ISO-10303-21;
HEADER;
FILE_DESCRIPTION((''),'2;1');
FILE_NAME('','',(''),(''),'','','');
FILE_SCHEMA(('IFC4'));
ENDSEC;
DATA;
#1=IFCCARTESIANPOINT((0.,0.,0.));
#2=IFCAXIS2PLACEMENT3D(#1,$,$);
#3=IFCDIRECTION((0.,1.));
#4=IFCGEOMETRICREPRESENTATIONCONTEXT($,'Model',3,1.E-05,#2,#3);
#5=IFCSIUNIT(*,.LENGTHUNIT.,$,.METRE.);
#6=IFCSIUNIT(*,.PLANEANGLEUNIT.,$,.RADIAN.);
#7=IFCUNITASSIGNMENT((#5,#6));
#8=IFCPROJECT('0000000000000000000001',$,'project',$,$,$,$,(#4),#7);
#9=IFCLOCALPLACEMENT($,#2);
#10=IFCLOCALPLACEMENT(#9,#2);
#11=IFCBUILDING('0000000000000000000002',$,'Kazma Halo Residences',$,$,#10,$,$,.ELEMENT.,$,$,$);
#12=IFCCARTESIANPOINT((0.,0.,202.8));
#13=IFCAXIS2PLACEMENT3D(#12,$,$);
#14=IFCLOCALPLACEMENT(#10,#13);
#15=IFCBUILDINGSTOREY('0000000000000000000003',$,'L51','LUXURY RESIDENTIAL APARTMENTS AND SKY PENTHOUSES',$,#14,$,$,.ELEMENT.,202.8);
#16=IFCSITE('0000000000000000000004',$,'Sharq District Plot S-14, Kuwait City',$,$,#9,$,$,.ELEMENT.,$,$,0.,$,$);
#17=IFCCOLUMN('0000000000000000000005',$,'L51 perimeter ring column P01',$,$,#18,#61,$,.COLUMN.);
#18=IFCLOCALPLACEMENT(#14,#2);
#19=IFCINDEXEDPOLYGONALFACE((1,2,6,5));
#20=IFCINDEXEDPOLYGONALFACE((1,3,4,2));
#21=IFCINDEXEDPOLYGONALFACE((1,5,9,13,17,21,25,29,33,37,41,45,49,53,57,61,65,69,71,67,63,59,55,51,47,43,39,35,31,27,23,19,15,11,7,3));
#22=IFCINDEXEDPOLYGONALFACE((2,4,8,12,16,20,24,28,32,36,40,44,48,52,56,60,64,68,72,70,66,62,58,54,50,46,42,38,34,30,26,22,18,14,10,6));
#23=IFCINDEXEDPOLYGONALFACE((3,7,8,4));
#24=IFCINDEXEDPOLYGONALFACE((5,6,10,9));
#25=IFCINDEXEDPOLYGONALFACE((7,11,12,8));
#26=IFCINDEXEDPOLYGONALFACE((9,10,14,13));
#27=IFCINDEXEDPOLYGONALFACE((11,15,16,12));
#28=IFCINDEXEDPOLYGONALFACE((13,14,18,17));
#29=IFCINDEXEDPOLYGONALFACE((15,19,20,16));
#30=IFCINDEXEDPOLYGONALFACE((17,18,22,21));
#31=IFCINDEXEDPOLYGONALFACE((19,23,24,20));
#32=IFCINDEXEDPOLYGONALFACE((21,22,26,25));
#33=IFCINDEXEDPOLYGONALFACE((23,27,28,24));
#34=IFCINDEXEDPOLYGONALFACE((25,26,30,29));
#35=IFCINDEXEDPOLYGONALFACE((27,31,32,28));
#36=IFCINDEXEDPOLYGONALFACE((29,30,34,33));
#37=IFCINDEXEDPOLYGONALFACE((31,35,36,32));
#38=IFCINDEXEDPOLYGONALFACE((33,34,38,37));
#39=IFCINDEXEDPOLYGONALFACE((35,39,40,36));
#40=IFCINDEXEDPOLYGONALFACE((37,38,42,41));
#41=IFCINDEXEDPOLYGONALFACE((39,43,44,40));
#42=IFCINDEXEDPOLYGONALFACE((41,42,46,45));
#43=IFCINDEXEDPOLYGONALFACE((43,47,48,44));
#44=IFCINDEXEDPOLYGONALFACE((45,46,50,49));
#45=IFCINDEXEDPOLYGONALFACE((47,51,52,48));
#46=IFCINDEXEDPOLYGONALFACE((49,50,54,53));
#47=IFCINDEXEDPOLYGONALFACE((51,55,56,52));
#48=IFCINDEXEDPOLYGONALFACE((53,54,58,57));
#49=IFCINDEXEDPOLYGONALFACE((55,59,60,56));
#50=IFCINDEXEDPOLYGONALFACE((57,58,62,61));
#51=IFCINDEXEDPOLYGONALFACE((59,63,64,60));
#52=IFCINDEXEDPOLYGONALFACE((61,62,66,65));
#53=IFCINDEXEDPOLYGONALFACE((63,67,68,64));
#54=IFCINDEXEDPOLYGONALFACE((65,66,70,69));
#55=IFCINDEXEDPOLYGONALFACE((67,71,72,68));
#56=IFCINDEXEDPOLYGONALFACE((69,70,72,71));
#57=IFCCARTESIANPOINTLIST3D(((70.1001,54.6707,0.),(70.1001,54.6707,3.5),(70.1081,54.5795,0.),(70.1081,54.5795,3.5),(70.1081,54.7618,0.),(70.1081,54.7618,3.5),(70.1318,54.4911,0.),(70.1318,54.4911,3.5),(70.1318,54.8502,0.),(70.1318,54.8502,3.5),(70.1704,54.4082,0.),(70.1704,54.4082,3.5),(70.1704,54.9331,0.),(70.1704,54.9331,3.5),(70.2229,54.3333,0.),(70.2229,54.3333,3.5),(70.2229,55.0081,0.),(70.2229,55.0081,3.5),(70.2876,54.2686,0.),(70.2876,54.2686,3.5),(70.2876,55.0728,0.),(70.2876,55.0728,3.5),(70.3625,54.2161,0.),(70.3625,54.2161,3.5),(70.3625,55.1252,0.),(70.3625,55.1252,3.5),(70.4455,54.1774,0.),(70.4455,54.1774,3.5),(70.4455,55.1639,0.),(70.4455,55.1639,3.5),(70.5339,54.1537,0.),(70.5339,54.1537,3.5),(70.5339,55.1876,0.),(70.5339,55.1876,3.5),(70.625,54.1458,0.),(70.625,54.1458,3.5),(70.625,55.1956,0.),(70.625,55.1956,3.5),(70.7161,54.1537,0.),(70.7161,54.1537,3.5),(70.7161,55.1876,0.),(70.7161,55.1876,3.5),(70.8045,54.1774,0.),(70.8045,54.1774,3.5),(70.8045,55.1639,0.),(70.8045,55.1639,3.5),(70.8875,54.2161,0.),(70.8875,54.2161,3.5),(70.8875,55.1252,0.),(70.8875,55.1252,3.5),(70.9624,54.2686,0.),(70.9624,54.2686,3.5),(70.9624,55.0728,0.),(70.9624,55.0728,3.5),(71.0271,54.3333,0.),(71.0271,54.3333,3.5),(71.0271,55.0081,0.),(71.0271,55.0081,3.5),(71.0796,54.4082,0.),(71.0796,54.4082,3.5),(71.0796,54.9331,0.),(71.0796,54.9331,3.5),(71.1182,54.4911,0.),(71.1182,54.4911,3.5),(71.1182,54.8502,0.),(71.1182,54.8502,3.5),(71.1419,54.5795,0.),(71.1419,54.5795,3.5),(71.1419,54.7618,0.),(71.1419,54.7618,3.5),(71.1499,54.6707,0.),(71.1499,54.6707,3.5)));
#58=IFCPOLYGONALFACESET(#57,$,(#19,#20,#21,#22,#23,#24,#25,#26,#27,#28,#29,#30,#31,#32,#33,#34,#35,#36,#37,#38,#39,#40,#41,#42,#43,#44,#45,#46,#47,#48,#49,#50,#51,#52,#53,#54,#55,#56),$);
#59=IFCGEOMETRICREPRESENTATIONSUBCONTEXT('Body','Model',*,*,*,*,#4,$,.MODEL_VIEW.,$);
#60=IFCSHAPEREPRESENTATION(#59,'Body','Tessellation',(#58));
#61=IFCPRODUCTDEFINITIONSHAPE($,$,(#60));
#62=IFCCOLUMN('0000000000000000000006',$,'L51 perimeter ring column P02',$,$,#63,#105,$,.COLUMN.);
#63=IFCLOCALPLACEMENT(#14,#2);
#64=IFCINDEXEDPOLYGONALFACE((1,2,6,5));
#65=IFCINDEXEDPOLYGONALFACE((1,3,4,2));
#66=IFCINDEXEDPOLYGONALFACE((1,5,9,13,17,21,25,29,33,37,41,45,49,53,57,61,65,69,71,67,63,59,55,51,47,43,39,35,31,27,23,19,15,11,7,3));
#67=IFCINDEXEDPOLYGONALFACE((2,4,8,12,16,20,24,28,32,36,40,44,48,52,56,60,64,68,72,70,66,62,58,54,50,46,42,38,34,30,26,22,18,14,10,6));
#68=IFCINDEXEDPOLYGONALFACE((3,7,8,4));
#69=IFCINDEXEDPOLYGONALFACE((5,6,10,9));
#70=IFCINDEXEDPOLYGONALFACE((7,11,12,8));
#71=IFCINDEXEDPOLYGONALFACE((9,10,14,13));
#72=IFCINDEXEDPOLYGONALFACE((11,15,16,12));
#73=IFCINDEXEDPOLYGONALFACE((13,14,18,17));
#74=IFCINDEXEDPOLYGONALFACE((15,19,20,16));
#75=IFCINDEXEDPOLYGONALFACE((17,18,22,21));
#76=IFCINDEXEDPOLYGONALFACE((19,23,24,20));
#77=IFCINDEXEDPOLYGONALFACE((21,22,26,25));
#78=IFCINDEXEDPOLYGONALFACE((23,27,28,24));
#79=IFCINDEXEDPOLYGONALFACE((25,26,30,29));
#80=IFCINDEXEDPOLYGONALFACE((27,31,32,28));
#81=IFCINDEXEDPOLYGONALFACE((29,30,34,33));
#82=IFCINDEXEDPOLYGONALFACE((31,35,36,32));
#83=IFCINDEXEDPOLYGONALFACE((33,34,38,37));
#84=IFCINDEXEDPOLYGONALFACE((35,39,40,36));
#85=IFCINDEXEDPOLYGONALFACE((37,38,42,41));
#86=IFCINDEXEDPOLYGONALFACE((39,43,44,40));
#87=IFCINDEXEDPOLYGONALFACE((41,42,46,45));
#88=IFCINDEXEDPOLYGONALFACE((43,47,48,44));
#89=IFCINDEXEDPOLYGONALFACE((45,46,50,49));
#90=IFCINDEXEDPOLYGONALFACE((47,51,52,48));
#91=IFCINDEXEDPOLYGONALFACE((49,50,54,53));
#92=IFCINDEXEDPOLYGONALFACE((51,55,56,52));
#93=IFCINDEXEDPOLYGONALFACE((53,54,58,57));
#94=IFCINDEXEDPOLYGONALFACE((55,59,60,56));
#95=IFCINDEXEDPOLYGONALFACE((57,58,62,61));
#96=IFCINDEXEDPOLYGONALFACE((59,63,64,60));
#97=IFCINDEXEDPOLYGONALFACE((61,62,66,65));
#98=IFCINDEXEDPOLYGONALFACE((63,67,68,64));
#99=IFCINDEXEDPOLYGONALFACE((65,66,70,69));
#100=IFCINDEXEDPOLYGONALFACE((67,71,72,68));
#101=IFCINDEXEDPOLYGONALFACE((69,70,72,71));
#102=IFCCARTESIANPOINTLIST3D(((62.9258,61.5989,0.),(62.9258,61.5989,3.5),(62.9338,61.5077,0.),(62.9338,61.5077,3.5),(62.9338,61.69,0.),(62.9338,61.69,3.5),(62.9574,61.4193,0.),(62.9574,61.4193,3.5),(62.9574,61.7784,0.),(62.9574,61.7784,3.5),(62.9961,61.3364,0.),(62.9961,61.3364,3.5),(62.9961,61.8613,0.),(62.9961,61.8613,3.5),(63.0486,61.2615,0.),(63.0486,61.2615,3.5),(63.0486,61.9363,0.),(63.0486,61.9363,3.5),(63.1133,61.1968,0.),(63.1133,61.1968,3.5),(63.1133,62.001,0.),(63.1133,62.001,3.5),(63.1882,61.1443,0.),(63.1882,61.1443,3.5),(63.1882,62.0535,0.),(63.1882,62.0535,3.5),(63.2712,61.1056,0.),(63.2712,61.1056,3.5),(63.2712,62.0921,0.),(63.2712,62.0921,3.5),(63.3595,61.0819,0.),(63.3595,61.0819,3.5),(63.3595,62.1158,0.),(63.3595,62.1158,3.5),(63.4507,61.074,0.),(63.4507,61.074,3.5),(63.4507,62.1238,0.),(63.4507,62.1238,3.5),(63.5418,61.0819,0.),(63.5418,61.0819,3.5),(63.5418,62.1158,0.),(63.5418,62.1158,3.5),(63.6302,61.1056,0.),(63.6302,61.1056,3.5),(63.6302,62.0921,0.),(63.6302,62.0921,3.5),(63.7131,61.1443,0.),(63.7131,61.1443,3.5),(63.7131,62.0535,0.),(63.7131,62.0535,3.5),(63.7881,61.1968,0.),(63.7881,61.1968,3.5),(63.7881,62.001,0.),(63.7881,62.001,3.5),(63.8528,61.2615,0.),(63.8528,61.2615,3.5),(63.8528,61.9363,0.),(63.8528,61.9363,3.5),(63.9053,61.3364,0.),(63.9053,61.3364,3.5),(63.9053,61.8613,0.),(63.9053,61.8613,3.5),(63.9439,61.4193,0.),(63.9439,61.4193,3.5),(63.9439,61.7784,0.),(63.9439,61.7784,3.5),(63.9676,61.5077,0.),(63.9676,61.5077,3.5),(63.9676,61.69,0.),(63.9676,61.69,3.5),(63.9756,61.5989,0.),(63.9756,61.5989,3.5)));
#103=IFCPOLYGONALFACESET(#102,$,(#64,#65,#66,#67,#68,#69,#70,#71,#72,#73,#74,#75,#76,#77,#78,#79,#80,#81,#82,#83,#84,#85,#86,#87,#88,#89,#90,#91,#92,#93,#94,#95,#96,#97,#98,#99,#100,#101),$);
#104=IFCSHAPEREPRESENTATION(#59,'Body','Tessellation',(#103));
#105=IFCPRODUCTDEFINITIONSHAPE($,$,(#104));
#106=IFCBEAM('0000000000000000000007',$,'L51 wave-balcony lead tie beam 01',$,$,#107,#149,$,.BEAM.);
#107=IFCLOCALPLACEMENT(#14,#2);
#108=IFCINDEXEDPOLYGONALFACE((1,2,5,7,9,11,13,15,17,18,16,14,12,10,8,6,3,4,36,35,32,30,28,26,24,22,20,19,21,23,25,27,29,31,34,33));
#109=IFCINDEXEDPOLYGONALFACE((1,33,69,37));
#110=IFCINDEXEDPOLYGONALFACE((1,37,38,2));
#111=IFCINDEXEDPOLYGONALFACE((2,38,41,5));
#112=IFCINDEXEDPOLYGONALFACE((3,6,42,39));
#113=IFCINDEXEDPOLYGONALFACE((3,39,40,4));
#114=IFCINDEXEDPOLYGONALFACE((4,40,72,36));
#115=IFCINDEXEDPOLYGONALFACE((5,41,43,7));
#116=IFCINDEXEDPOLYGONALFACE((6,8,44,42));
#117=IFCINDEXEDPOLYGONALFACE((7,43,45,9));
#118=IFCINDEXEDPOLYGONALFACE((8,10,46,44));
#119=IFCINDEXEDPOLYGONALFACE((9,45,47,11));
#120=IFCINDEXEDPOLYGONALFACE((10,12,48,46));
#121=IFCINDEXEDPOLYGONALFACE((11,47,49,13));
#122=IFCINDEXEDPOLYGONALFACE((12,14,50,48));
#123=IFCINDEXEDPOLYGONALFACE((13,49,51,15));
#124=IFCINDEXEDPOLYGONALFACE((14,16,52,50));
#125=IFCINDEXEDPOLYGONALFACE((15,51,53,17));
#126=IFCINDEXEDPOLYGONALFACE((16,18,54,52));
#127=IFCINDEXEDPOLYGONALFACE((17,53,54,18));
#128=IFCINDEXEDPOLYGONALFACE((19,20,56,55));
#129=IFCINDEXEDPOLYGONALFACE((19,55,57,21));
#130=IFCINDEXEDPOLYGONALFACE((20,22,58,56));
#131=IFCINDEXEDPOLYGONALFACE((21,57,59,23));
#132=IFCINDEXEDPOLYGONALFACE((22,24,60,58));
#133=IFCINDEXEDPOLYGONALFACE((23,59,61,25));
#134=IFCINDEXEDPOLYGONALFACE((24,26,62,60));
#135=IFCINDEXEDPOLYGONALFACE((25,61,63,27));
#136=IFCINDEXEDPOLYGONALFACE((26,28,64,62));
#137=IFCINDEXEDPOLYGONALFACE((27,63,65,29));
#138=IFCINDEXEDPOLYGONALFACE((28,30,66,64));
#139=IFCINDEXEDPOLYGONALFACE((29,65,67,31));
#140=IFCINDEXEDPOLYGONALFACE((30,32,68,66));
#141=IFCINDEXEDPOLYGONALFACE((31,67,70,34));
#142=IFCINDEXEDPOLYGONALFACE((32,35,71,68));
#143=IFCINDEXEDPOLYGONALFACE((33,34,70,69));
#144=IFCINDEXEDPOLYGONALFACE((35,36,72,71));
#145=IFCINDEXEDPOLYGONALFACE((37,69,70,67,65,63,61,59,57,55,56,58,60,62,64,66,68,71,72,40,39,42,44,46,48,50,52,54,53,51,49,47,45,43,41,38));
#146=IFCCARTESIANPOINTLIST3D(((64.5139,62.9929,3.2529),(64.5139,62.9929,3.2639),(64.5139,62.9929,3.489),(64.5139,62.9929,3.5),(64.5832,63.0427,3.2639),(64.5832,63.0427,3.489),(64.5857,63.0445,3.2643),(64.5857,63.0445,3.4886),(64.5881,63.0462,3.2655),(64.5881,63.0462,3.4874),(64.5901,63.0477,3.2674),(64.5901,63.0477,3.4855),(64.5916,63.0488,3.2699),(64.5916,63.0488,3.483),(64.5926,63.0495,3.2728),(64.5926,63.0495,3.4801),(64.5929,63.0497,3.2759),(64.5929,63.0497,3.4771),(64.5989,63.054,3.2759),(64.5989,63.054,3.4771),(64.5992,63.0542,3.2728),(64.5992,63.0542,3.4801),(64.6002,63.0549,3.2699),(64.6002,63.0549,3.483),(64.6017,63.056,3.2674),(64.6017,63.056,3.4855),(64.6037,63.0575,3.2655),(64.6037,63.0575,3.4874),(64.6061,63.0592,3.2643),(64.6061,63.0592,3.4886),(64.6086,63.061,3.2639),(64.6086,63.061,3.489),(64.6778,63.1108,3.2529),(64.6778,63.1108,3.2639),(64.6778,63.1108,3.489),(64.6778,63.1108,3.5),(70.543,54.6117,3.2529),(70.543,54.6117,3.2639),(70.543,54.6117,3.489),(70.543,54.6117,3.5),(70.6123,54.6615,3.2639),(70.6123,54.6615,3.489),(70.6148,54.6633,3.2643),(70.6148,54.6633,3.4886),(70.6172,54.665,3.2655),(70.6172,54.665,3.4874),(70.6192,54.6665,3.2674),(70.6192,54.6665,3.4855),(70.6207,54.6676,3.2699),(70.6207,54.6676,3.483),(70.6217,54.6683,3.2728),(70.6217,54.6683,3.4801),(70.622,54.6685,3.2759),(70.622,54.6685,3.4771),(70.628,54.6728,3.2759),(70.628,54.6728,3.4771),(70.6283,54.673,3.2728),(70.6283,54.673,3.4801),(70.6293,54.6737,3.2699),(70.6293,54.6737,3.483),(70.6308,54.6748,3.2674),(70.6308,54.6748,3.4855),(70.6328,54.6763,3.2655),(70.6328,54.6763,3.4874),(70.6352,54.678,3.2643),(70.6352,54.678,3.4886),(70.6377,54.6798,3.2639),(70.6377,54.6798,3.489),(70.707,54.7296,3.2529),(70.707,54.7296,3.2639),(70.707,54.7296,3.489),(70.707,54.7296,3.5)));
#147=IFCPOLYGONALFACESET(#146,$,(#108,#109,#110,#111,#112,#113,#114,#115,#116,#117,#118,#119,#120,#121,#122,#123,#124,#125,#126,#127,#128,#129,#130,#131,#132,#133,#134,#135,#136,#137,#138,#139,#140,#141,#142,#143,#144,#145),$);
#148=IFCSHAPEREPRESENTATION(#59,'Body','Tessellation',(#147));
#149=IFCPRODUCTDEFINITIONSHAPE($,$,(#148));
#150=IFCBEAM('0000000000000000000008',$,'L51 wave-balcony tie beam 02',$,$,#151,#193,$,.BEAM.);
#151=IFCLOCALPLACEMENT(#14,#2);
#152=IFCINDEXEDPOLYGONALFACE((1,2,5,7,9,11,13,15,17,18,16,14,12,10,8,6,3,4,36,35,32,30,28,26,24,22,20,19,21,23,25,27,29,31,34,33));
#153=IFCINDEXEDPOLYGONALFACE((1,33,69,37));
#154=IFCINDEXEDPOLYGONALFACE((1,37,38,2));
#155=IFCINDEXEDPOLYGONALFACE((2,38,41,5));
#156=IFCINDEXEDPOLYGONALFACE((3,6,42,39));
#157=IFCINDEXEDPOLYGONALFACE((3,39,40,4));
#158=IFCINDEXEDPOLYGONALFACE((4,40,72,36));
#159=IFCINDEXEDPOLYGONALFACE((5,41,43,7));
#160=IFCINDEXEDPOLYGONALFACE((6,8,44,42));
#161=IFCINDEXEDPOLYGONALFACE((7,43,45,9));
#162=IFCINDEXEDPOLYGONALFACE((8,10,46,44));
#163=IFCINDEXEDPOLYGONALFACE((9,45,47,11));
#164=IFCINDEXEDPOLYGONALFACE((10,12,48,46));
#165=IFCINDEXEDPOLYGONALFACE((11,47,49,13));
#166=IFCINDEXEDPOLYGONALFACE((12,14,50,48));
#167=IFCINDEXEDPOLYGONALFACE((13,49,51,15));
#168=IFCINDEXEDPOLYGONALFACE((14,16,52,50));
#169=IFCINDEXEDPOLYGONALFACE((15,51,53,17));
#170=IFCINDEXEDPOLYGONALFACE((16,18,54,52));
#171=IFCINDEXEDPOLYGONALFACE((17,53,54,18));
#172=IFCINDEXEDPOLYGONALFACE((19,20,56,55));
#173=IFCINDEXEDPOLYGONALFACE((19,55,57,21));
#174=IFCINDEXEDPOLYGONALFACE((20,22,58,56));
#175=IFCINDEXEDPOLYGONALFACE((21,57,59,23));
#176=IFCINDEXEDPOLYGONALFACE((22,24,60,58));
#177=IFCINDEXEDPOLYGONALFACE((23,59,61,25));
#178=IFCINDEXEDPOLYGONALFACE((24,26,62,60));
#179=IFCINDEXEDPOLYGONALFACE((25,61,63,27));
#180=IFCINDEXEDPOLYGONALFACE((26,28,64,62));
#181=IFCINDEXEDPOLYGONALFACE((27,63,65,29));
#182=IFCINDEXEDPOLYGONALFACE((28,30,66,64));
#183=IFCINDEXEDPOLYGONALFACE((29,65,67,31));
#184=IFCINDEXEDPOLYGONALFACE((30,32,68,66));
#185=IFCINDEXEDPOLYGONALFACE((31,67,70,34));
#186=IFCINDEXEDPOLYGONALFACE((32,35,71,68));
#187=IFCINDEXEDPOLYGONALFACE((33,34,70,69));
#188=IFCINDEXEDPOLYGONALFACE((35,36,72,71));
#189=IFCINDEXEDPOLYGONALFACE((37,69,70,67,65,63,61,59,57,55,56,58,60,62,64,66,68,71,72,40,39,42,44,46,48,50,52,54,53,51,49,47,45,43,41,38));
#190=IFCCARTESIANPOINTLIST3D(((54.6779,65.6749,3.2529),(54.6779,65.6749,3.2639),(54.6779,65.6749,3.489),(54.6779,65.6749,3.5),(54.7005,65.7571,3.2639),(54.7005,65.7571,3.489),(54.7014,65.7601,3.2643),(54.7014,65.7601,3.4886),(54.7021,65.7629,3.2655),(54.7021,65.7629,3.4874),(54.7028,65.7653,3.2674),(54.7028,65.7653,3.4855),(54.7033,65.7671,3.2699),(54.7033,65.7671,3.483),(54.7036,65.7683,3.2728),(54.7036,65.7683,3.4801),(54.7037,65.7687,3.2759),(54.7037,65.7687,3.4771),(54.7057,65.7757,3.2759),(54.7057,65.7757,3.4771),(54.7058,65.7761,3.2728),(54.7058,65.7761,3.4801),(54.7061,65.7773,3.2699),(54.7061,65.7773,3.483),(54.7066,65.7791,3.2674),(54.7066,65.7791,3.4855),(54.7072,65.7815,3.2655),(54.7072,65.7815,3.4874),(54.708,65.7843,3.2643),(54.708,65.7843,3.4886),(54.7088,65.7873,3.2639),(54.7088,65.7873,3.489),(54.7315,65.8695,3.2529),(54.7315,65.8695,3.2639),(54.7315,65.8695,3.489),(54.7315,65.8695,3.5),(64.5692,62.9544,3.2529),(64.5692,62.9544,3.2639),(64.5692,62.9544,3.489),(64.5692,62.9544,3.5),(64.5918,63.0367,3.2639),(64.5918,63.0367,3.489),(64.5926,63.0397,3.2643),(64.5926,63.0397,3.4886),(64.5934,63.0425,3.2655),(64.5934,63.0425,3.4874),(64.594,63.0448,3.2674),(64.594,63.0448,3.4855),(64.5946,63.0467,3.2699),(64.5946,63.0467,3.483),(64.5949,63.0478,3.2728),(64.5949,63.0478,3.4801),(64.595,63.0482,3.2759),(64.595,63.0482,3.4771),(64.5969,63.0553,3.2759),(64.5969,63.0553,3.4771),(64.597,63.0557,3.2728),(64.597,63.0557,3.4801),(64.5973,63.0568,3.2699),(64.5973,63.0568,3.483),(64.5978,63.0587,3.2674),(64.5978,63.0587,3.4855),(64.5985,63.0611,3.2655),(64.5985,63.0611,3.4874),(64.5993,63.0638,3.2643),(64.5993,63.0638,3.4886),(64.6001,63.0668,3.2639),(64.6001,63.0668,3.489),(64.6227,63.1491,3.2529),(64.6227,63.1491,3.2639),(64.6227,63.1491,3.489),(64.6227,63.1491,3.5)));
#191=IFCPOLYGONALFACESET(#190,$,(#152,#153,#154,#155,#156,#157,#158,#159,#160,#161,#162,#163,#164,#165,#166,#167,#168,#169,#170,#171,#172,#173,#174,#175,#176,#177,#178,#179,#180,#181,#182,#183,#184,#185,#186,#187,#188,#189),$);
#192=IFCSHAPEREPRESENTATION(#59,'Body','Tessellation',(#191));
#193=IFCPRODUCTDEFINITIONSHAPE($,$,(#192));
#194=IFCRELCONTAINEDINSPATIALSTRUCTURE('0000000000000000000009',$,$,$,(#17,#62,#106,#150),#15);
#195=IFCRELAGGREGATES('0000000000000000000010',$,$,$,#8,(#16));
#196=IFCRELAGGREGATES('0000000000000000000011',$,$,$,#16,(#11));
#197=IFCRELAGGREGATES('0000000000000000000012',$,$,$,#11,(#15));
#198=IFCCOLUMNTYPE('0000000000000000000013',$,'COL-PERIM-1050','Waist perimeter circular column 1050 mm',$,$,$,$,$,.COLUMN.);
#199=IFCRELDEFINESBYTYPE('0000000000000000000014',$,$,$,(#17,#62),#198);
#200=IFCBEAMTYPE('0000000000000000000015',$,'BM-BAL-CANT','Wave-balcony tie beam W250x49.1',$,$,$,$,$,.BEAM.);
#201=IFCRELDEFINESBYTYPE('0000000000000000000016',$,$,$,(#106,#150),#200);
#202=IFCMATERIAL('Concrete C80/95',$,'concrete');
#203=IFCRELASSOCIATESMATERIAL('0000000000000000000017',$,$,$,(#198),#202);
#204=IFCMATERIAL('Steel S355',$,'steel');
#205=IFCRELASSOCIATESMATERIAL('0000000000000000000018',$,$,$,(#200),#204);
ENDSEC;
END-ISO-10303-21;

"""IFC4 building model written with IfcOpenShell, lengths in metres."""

from ifc_helpers import new_model, si_unit, direction, frame, origin, origin_2d, place, context, subcontext, project, spatial, circle, i_section, extrude, material, material_profile, profile_set, type_object, element, save


model = new_model("IFC4")

# Units and contexts
model_context = context("Model", 3, precision=1e-05, world=origin(), true_north=direction((0.0, 1.0)))
body_context = subcontext(model_context, "Body", "Model", "MODEL_VIEW")
ifc_project = project(units=[si_unit("LENGTHUNIT", "METRE"), si_unit("PLANEANGLEUNIT", "RADIAN")], contexts=[model_context])

# Site, building, storey
site_placement = place(None, origin())
site = spatial("IfcSite", under=ifc_project, at=site_placement, Name="Sharq District Plot S-14, Kuwait City", CompositionType="ELEMENT", RefElevation=0.0)
building_placement = place(site_placement, origin())
building = spatial("IfcBuilding", under=site, at=building_placement, Name="Kazma Halo Residences", CompositionType="ELEMENT")
storey_placement = place(building_placement, frame((0.0, 0.0, 202.8)))
storey = spatial("IfcBuildingStorey", under=building, at=storey_placement, Name="L51", Description="LUXURY RESIDENTIAL APARTMENTS AND SKY PENTHOUSES", CompositionType="ELEMENT", Elevation=202.8)

# Columns
ifc_material_1 = material(Name="Concrete C80/95", Category="concrete")
ifc_material_profile_1 = material_profile(ifc_material_1, circle(Radius=0.5249, at=origin_2d()), Name="CIRC1050")
ifc_profile_set_1 = profile_set([ifc_material_profile_1], Name="Concrete C80/95")
column_type = type_object("IfcColumnType", Name="COL-PERIM-1050", Description="Waist perimeter circular column 1050 mm", PredefinedType="COLUMN", material=ifc_profile_set_1)
for number, where, z_axis, x_axis, name in (
    (1, (70.625, 54.6707, 0.0), (0.0, 0.0, 1.0), (1.0, 0.0, 0.0), "L51 perimeter ring column P01"),
    (2, (63.4507, 61.5989, 0.0), (0.0, 0.0, 1.0), (1.0, 0.0, 0.0), "L51 perimeter ring column P02"),
):
    element("IfcColumn", number, at=place(storey_placement, frame(where, z_axis=z_axis, x_axis=x_axis)), inside=storey, type_object=column_type, Name=name, PredefinedType="COLUMN", context=body_context, shape_type="SweptSolid", body=[
        extrude(circle(Radius=0.5249, at=origin_2d()), origin(), (0.0, 0.0, 1.0), 3.5),
    ])

# Beams
ifc_material_2 = material(Name="Steel S355", Category="steel")
ifc_material_profile_2 = material_profile(ifc_material_2, i_section(OverallWidth=0.2019, OverallDepth=0.2471, WebThickness=0.0073, FlangeThickness=0.011, FilletRadius=0.012, at=origin_2d()), Name="W250x49.1")
ifc_profile_set_2 = profile_set([ifc_material_profile_2], Name="Steel S355")
beam_type_1 = type_object("IfcBeamType", Name="BM-BAL-CANT", Description="Wave-balcony tie beam W250x49.1", PredefinedType="BEAM", material=ifc_profile_set_2)
beam_1_placement = place(storey_placement, frame((70.625, 54.6707, 3.3765), z_axis=(-0.583964, 0.81178, 0.0), x_axis=(-0.81178, -0.583964, 0.0)))
element("IfcBeam", 3, at=beam_1_placement, inside=storey, type_object=beam_type_1, Name="L51 wave-balcony lead tie beam 01", PredefinedType="BEAM", context=body_context, shape_type="SweptSolid", body=[
    extrude(i_section(OverallWidth=0.2019, OverallDepth=0.2471, WebThickness=0.0073, FlangeThickness=0.011, FilletRadius=0.012, at=origin_2d()), origin(), (0.0, 0.0, 1.0), 10.3245),
])
beam_2_placement = place(storey_placement, frame((64.5959, 63.0518, 3.3765), z_axis=(-0.964197, 0.265187, 0.0), x_axis=(-0.265187, -0.964197, 0.0)))
element("IfcBeam", 4, at=beam_2_placement, inside=storey, type_object=beam_type_1, Name="L51 wave-balcony tie beam 02", PredefinedType="BEAM", context=body_context, shape_type="SweptSolid", body=[
    extrude(i_section(OverallWidth=0.2019, OverallDepth=0.2471, WebThickness=0.0073, FlangeThickness=0.011, FilletRadius=0.012, at=origin_2d()), origin(), (0.0, 0.0, 1.0), 10.2585),
])

save(model, "model.ifc")
